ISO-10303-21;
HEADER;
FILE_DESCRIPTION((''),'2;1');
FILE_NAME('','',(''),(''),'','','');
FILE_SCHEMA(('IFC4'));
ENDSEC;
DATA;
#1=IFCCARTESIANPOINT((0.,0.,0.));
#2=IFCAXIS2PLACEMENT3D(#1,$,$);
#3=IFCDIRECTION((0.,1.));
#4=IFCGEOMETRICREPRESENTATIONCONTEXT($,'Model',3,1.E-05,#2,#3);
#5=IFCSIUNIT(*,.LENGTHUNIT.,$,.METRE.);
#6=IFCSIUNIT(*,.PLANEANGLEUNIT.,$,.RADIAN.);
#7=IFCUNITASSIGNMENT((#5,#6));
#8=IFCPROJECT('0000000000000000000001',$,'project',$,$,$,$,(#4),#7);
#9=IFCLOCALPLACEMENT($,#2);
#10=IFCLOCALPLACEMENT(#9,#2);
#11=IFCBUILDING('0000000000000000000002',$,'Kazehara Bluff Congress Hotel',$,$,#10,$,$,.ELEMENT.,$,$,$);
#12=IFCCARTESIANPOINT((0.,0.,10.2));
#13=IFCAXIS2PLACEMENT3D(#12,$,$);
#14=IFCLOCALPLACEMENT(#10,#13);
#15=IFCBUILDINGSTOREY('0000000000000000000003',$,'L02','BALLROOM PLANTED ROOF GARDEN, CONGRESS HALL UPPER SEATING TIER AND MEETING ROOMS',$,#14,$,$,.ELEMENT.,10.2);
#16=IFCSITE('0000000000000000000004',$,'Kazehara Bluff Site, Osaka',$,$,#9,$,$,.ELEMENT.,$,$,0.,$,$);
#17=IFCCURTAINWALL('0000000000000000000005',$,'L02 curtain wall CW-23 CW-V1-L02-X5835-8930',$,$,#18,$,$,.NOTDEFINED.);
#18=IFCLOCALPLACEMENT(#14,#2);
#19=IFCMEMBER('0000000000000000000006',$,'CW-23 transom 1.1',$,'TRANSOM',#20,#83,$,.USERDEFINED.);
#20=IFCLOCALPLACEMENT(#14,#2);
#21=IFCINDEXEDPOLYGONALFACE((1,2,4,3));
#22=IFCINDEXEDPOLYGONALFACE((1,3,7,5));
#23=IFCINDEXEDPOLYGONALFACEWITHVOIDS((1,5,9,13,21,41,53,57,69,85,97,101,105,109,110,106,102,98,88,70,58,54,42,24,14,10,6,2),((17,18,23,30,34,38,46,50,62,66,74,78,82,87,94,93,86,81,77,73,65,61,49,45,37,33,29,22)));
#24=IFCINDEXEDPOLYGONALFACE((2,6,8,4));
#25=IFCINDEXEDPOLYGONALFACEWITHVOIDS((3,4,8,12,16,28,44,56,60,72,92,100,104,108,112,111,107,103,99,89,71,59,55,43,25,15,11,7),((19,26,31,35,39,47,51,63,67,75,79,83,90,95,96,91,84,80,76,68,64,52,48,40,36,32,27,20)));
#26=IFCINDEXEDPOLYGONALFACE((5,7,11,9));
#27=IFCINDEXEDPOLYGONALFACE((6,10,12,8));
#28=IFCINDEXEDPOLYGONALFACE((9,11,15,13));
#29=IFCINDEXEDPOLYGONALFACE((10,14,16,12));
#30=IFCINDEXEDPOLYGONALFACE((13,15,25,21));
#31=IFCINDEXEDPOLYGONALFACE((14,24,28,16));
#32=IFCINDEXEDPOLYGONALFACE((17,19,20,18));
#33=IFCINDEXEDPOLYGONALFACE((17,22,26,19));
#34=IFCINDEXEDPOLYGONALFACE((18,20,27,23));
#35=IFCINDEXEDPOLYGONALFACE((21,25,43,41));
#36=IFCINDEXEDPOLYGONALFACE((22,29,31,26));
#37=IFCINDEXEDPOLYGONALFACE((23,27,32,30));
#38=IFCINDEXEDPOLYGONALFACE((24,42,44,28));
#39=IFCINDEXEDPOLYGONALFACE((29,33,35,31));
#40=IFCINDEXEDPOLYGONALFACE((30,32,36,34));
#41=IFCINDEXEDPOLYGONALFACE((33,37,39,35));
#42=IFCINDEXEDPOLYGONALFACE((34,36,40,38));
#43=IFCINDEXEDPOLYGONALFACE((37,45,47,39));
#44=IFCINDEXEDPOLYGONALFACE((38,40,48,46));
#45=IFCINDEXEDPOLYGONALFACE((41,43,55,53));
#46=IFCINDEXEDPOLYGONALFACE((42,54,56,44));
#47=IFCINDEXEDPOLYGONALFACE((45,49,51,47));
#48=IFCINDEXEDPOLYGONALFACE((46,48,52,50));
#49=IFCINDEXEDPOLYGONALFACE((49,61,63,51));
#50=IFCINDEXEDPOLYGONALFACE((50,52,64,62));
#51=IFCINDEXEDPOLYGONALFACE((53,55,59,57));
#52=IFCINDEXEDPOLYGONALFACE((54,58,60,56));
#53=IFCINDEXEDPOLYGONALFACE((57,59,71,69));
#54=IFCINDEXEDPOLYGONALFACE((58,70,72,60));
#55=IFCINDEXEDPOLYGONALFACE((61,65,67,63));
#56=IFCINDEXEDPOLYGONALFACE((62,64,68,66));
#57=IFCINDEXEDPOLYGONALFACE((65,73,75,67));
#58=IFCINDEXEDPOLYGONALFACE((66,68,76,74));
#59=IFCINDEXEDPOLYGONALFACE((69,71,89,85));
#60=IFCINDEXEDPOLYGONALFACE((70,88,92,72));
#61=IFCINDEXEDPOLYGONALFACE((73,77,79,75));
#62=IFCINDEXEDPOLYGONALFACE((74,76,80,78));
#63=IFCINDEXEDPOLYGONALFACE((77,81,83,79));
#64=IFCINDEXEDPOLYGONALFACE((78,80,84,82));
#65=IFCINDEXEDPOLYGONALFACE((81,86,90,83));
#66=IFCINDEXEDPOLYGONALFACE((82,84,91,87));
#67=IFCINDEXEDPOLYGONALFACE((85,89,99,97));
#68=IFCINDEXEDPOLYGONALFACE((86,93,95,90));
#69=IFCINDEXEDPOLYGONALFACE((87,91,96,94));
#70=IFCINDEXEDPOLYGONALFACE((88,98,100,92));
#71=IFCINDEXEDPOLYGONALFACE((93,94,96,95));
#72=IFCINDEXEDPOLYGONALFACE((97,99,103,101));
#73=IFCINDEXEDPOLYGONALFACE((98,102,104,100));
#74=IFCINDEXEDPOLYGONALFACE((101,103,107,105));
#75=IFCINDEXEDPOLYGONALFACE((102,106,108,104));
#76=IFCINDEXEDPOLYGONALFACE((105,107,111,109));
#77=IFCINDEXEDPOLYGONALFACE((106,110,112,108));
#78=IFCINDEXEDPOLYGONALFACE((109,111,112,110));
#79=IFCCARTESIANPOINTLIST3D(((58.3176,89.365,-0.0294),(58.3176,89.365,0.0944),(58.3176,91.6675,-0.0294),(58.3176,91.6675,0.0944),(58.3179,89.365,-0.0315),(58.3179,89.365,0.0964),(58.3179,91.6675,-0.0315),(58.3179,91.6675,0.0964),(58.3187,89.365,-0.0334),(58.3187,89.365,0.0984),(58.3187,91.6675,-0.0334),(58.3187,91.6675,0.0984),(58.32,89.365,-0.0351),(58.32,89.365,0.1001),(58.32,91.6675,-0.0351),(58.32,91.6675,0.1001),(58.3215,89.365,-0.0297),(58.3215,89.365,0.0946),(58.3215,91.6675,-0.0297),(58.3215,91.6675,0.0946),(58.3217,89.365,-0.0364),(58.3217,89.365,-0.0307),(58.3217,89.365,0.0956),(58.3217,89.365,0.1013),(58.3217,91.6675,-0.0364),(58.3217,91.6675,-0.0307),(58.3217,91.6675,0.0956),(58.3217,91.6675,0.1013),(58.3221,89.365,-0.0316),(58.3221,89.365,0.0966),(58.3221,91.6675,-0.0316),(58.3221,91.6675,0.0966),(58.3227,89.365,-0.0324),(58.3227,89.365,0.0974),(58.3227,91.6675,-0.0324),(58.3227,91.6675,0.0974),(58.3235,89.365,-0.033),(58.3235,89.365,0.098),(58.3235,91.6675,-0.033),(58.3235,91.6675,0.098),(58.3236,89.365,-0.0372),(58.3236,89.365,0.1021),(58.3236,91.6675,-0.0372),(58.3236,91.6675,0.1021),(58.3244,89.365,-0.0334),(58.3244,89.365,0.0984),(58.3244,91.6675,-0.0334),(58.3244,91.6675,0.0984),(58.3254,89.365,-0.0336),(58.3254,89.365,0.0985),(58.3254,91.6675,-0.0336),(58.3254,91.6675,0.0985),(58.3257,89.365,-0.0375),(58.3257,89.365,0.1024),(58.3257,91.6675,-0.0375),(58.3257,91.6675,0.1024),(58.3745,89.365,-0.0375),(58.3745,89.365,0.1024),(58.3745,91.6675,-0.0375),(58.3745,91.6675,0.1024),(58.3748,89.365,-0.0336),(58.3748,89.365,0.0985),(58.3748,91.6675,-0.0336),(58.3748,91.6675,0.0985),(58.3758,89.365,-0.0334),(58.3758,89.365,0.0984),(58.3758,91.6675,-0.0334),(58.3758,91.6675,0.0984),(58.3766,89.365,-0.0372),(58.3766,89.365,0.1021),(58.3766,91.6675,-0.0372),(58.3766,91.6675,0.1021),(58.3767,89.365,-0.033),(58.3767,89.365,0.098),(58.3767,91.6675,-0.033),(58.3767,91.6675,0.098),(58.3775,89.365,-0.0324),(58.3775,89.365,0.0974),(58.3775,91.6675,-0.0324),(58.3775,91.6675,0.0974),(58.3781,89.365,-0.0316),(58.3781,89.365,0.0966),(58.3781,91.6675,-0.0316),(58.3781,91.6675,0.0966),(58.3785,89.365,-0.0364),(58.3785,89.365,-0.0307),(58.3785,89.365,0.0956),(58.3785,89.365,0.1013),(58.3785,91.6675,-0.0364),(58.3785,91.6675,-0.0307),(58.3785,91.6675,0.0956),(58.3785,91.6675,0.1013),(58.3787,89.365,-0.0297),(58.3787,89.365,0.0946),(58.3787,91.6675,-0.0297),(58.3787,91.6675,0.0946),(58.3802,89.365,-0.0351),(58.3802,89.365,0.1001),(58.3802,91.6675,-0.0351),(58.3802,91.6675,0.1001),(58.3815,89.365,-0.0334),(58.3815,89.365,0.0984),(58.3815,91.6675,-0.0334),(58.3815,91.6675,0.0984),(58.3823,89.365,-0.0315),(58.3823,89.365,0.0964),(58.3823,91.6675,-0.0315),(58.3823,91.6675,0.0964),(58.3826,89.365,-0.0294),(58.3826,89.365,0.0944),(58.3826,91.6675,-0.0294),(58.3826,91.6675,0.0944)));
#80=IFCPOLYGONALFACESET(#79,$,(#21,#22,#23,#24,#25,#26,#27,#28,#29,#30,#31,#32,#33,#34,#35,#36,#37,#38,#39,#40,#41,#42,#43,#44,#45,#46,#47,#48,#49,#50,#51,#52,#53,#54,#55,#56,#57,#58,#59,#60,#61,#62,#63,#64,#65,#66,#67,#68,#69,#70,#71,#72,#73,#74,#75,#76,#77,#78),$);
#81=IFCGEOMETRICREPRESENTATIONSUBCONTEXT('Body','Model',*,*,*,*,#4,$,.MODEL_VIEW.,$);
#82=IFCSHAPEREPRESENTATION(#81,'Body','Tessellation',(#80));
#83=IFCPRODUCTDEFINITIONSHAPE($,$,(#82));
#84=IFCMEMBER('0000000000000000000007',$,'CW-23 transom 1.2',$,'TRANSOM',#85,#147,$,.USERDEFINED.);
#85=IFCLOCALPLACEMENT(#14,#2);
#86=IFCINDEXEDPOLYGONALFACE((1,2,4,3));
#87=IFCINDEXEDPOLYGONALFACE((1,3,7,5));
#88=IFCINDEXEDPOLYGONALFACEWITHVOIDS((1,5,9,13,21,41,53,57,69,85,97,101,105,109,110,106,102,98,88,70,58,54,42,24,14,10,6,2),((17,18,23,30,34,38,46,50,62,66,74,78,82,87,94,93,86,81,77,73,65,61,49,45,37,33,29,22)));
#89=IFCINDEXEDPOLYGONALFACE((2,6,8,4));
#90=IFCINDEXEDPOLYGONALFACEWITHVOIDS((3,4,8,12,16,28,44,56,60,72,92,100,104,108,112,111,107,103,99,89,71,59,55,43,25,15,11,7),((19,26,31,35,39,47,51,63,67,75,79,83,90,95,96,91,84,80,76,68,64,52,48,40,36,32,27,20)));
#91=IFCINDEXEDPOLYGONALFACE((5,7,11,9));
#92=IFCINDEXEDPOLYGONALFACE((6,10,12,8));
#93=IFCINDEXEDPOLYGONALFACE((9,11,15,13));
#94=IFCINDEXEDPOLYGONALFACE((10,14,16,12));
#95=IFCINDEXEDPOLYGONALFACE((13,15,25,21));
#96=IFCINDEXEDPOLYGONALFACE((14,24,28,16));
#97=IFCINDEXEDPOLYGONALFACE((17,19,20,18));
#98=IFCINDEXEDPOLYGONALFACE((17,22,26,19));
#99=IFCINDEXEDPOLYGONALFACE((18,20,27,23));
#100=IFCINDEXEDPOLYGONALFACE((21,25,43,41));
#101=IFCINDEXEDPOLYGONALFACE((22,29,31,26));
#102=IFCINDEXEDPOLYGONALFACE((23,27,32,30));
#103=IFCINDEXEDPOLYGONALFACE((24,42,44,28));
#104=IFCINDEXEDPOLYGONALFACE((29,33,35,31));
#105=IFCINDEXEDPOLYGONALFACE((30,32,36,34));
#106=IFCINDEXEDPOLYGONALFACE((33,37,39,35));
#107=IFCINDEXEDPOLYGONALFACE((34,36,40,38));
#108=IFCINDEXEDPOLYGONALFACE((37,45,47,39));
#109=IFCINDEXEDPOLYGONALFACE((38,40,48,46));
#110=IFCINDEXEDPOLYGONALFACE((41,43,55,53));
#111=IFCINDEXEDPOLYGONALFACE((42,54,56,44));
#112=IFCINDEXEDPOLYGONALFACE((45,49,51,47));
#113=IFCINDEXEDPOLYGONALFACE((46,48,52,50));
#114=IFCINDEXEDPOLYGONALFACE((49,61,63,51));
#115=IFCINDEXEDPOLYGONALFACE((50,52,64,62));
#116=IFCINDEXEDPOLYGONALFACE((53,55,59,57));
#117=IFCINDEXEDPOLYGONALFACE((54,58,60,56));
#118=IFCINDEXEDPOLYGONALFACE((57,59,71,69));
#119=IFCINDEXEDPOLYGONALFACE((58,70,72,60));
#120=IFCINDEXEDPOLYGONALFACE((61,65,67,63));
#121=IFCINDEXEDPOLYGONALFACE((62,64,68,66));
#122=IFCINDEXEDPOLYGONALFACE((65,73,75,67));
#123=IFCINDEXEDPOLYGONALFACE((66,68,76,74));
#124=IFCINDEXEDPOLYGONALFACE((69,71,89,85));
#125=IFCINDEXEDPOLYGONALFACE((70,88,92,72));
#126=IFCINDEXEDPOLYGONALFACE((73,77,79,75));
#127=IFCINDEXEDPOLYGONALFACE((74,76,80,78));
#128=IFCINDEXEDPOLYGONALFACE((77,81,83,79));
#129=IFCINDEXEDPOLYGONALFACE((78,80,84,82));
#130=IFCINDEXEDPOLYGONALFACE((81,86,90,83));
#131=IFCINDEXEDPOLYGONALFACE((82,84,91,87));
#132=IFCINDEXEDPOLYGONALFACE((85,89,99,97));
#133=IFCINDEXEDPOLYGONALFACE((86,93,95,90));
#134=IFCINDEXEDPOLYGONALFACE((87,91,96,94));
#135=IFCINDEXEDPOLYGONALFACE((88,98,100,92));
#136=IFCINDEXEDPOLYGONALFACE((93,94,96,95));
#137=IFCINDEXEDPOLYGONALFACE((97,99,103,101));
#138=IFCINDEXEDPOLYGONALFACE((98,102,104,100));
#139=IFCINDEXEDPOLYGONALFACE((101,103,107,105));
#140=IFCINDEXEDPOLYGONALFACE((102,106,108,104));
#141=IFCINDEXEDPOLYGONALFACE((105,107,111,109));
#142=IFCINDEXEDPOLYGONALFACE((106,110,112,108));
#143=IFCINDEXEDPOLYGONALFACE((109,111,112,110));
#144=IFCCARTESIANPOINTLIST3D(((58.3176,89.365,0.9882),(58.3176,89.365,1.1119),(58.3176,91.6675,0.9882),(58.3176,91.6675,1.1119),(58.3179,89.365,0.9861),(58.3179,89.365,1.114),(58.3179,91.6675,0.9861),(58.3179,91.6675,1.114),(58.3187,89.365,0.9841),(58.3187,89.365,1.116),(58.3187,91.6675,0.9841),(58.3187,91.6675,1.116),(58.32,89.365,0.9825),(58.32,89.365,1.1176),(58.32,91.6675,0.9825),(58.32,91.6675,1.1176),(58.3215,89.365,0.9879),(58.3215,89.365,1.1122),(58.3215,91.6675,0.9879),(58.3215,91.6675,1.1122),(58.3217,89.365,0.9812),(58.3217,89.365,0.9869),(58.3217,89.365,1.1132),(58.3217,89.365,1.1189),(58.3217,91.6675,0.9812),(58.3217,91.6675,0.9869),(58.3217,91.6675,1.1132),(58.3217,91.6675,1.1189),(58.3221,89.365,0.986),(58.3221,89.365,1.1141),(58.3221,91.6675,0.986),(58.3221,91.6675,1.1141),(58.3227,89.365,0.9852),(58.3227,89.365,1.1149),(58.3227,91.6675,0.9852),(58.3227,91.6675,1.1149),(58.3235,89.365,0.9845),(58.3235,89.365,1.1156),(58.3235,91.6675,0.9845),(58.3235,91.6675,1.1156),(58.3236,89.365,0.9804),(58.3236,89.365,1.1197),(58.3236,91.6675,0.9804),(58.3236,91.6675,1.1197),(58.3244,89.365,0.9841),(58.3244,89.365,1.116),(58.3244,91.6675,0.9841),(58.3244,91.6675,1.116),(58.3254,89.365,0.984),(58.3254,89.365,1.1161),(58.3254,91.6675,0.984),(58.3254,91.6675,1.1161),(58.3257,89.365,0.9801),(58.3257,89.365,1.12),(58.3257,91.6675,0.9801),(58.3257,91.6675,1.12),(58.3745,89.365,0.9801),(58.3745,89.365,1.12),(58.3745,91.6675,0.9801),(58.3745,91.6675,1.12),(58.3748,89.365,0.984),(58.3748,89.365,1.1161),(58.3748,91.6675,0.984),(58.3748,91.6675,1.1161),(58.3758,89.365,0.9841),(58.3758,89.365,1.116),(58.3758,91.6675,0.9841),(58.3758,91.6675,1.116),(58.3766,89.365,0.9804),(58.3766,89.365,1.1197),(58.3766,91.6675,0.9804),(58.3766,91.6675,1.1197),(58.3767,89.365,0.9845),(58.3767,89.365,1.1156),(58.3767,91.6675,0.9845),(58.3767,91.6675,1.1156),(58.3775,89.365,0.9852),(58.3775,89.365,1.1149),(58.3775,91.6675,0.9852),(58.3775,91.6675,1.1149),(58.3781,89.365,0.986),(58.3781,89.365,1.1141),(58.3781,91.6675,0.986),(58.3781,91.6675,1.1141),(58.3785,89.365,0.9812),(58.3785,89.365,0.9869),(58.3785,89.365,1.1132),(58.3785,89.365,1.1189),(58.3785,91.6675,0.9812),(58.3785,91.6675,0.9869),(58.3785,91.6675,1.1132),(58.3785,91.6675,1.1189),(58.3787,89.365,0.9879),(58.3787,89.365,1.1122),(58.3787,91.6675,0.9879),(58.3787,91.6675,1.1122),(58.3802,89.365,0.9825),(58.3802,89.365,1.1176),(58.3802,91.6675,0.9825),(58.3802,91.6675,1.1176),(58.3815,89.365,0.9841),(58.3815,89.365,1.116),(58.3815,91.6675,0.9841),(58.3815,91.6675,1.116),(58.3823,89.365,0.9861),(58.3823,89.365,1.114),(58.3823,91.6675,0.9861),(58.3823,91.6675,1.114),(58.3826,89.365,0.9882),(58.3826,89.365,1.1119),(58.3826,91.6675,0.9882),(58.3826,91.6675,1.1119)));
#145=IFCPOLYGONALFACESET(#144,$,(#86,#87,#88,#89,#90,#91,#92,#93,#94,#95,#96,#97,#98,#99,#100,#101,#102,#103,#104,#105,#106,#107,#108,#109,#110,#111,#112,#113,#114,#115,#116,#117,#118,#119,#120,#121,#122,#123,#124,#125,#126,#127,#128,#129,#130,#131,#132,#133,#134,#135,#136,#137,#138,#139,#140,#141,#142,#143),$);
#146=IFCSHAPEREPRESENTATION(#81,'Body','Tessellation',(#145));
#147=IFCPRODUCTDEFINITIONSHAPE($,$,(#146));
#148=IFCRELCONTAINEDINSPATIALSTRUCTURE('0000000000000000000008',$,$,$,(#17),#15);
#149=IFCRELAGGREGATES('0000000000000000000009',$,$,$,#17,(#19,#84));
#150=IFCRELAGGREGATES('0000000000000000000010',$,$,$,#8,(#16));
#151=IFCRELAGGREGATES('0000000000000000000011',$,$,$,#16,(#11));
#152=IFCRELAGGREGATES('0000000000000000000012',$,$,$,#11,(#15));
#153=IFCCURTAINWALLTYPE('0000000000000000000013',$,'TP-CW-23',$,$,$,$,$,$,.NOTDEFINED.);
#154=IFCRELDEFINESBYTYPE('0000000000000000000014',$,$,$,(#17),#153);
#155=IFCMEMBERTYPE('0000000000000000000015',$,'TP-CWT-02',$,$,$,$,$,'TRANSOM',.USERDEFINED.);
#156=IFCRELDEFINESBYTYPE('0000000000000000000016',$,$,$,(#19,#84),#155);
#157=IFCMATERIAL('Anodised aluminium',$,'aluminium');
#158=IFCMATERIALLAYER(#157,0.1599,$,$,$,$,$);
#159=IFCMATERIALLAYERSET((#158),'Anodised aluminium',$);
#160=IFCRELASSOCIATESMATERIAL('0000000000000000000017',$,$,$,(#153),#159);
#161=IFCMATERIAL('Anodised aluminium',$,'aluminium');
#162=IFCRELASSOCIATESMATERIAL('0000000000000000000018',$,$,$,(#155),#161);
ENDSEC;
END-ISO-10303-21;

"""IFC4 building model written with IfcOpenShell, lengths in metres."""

from ifc_helpers import new_model, si_unit, direction, frame, origin, origin_2d, place, context, subcontext, project, spatial, hollow_rectangle, extrude, material, layer, layer_set, material_profile, profile_set, type_object, element, aggregate, save


model = new_model("IFC4")

# Units and contexts
model_context = context("Model", 3, precision=1e-05, world=origin(), true_north=direction((0.0, 1.0)))
body_context = subcontext(model_context, "Body", "Model", "MODEL_VIEW")
ifc_project = project(units=[si_unit("LENGTHUNIT", "METRE"), si_unit("PLANEANGLEUNIT", "RADIAN")], contexts=[model_context])

# Site, building, storey
site_placement = place(None, origin())
site = spatial("IfcSite", under=ifc_project, at=site_placement, Name="Kazehara Bluff Site, Osaka", CompositionType="ELEMENT", RefElevation=0.0)
building_placement = place(site_placement, origin())
building = spatial("IfcBuilding", under=site, at=building_placement, Name="Kazehara Bluff Congress Hotel", CompositionType="ELEMENT")
storey_placement = place(building_placement, frame((0.0, 0.0, 10.2)))
storey = spatial("IfcBuildingStorey", under=building, at=storey_placement, Name="L02", Description="BALLROOM PLANTED ROOF GARDEN, CONGRESS HALL UPPER SEATING TIER AND MEETING ROOMS", CompositionType="ELEMENT", Elevation=10.2)

# Curtain wall
ifc_material_1 = material(Name="Anodised aluminium", Category="aluminium")
ifc_layer_1 = layer(ifc_material_1, 0.1599)
ifc_layer_set_1 = layer_set([ifc_layer_1], Name="Anodised aluminium")
curtain_wall_type = type_object("IfcCurtainWallType", Name="TP-CW-23", PredefinedType="NOTDEFINED", material=ifc_layer_set_1)
curtain_wall_1_placement = place(storey_placement, origin())
curtain_wall_1 = element("IfcCurtainWall", 1, at=curtain_wall_1_placement, inside=storey, type_object=curtain_wall_type, Name="L02 curtain wall CW-23 CW-V1-L02-X5835-8930", PredefinedType="NOTDEFINED")

# Members
ifc_material_2 = material(Name="Anodised aluminium", Category="aluminium")
ifc_material_profile_1 = material_profile(ifc_material_2, hollow_rectangle(XDim=0.0649, YDim=0.1399, WallThickness=0.0039, InnerFilletRadius=0.0039, OuterFilletRadius=0.0081, at=origin_2d()))
ifc_profile_set_1 = profile_set([ifc_material_profile_1], Name="Anodised aluminium")
member_type_1 = type_object("IfcMemberType", Name="TP-CWT-02", ElementType="TRANSOM", PredefinedType="USERDEFINED", material=ifc_profile_set_1)
member_1_placement = place(storey_placement, frame((58.3501, 89.365, 0.0325), z_axis=(0.0, 1.0, 0.0), x_axis=(-1.0, 0.0, 0.0)))
member_1 = element("IfcMember", 2, at=member_1_placement, type_object=member_type_1, Name="CW-23 transom 1.1", ObjectType="TRANSOM", PredefinedType="USERDEFINED", context=body_context, shape_type="SweptSolid", body=[
    extrude(hollow_rectangle(XDim=0.0649, YDim=0.1399, WallThickness=0.0039, InnerFilletRadius=0.0039, OuterFilletRadius=0.0081, at=origin_2d()), origin(), (0.0, 0.0, 1.0), 2.3025),
])
member_2_placement = place(storey_placement, frame((58.3501, 89.365, 1.05), z_axis=(0.0, 1.0, 0.0), x_axis=(-1.0, 0.0, 0.0)))
member_2 = element("IfcMember", 3, at=member_2_placement, type_object=member_type_1, Name="CW-23 transom 1.2", ObjectType="TRANSOM", PredefinedType="USERDEFINED", context=body_context, shape_type="SweptSolid", body=[
    extrude(hollow_rectangle(XDim=0.0649, YDim=0.1399, WallThickness=0.0039, InnerFilletRadius=0.0039, OuterFilletRadius=0.0081, at=origin_2d()), origin(), (0.0, 0.0, 1.0), 2.3025),
])

aggregate(curtain_wall_1, [member_1, member_2])

save(model, "model.ifc")
